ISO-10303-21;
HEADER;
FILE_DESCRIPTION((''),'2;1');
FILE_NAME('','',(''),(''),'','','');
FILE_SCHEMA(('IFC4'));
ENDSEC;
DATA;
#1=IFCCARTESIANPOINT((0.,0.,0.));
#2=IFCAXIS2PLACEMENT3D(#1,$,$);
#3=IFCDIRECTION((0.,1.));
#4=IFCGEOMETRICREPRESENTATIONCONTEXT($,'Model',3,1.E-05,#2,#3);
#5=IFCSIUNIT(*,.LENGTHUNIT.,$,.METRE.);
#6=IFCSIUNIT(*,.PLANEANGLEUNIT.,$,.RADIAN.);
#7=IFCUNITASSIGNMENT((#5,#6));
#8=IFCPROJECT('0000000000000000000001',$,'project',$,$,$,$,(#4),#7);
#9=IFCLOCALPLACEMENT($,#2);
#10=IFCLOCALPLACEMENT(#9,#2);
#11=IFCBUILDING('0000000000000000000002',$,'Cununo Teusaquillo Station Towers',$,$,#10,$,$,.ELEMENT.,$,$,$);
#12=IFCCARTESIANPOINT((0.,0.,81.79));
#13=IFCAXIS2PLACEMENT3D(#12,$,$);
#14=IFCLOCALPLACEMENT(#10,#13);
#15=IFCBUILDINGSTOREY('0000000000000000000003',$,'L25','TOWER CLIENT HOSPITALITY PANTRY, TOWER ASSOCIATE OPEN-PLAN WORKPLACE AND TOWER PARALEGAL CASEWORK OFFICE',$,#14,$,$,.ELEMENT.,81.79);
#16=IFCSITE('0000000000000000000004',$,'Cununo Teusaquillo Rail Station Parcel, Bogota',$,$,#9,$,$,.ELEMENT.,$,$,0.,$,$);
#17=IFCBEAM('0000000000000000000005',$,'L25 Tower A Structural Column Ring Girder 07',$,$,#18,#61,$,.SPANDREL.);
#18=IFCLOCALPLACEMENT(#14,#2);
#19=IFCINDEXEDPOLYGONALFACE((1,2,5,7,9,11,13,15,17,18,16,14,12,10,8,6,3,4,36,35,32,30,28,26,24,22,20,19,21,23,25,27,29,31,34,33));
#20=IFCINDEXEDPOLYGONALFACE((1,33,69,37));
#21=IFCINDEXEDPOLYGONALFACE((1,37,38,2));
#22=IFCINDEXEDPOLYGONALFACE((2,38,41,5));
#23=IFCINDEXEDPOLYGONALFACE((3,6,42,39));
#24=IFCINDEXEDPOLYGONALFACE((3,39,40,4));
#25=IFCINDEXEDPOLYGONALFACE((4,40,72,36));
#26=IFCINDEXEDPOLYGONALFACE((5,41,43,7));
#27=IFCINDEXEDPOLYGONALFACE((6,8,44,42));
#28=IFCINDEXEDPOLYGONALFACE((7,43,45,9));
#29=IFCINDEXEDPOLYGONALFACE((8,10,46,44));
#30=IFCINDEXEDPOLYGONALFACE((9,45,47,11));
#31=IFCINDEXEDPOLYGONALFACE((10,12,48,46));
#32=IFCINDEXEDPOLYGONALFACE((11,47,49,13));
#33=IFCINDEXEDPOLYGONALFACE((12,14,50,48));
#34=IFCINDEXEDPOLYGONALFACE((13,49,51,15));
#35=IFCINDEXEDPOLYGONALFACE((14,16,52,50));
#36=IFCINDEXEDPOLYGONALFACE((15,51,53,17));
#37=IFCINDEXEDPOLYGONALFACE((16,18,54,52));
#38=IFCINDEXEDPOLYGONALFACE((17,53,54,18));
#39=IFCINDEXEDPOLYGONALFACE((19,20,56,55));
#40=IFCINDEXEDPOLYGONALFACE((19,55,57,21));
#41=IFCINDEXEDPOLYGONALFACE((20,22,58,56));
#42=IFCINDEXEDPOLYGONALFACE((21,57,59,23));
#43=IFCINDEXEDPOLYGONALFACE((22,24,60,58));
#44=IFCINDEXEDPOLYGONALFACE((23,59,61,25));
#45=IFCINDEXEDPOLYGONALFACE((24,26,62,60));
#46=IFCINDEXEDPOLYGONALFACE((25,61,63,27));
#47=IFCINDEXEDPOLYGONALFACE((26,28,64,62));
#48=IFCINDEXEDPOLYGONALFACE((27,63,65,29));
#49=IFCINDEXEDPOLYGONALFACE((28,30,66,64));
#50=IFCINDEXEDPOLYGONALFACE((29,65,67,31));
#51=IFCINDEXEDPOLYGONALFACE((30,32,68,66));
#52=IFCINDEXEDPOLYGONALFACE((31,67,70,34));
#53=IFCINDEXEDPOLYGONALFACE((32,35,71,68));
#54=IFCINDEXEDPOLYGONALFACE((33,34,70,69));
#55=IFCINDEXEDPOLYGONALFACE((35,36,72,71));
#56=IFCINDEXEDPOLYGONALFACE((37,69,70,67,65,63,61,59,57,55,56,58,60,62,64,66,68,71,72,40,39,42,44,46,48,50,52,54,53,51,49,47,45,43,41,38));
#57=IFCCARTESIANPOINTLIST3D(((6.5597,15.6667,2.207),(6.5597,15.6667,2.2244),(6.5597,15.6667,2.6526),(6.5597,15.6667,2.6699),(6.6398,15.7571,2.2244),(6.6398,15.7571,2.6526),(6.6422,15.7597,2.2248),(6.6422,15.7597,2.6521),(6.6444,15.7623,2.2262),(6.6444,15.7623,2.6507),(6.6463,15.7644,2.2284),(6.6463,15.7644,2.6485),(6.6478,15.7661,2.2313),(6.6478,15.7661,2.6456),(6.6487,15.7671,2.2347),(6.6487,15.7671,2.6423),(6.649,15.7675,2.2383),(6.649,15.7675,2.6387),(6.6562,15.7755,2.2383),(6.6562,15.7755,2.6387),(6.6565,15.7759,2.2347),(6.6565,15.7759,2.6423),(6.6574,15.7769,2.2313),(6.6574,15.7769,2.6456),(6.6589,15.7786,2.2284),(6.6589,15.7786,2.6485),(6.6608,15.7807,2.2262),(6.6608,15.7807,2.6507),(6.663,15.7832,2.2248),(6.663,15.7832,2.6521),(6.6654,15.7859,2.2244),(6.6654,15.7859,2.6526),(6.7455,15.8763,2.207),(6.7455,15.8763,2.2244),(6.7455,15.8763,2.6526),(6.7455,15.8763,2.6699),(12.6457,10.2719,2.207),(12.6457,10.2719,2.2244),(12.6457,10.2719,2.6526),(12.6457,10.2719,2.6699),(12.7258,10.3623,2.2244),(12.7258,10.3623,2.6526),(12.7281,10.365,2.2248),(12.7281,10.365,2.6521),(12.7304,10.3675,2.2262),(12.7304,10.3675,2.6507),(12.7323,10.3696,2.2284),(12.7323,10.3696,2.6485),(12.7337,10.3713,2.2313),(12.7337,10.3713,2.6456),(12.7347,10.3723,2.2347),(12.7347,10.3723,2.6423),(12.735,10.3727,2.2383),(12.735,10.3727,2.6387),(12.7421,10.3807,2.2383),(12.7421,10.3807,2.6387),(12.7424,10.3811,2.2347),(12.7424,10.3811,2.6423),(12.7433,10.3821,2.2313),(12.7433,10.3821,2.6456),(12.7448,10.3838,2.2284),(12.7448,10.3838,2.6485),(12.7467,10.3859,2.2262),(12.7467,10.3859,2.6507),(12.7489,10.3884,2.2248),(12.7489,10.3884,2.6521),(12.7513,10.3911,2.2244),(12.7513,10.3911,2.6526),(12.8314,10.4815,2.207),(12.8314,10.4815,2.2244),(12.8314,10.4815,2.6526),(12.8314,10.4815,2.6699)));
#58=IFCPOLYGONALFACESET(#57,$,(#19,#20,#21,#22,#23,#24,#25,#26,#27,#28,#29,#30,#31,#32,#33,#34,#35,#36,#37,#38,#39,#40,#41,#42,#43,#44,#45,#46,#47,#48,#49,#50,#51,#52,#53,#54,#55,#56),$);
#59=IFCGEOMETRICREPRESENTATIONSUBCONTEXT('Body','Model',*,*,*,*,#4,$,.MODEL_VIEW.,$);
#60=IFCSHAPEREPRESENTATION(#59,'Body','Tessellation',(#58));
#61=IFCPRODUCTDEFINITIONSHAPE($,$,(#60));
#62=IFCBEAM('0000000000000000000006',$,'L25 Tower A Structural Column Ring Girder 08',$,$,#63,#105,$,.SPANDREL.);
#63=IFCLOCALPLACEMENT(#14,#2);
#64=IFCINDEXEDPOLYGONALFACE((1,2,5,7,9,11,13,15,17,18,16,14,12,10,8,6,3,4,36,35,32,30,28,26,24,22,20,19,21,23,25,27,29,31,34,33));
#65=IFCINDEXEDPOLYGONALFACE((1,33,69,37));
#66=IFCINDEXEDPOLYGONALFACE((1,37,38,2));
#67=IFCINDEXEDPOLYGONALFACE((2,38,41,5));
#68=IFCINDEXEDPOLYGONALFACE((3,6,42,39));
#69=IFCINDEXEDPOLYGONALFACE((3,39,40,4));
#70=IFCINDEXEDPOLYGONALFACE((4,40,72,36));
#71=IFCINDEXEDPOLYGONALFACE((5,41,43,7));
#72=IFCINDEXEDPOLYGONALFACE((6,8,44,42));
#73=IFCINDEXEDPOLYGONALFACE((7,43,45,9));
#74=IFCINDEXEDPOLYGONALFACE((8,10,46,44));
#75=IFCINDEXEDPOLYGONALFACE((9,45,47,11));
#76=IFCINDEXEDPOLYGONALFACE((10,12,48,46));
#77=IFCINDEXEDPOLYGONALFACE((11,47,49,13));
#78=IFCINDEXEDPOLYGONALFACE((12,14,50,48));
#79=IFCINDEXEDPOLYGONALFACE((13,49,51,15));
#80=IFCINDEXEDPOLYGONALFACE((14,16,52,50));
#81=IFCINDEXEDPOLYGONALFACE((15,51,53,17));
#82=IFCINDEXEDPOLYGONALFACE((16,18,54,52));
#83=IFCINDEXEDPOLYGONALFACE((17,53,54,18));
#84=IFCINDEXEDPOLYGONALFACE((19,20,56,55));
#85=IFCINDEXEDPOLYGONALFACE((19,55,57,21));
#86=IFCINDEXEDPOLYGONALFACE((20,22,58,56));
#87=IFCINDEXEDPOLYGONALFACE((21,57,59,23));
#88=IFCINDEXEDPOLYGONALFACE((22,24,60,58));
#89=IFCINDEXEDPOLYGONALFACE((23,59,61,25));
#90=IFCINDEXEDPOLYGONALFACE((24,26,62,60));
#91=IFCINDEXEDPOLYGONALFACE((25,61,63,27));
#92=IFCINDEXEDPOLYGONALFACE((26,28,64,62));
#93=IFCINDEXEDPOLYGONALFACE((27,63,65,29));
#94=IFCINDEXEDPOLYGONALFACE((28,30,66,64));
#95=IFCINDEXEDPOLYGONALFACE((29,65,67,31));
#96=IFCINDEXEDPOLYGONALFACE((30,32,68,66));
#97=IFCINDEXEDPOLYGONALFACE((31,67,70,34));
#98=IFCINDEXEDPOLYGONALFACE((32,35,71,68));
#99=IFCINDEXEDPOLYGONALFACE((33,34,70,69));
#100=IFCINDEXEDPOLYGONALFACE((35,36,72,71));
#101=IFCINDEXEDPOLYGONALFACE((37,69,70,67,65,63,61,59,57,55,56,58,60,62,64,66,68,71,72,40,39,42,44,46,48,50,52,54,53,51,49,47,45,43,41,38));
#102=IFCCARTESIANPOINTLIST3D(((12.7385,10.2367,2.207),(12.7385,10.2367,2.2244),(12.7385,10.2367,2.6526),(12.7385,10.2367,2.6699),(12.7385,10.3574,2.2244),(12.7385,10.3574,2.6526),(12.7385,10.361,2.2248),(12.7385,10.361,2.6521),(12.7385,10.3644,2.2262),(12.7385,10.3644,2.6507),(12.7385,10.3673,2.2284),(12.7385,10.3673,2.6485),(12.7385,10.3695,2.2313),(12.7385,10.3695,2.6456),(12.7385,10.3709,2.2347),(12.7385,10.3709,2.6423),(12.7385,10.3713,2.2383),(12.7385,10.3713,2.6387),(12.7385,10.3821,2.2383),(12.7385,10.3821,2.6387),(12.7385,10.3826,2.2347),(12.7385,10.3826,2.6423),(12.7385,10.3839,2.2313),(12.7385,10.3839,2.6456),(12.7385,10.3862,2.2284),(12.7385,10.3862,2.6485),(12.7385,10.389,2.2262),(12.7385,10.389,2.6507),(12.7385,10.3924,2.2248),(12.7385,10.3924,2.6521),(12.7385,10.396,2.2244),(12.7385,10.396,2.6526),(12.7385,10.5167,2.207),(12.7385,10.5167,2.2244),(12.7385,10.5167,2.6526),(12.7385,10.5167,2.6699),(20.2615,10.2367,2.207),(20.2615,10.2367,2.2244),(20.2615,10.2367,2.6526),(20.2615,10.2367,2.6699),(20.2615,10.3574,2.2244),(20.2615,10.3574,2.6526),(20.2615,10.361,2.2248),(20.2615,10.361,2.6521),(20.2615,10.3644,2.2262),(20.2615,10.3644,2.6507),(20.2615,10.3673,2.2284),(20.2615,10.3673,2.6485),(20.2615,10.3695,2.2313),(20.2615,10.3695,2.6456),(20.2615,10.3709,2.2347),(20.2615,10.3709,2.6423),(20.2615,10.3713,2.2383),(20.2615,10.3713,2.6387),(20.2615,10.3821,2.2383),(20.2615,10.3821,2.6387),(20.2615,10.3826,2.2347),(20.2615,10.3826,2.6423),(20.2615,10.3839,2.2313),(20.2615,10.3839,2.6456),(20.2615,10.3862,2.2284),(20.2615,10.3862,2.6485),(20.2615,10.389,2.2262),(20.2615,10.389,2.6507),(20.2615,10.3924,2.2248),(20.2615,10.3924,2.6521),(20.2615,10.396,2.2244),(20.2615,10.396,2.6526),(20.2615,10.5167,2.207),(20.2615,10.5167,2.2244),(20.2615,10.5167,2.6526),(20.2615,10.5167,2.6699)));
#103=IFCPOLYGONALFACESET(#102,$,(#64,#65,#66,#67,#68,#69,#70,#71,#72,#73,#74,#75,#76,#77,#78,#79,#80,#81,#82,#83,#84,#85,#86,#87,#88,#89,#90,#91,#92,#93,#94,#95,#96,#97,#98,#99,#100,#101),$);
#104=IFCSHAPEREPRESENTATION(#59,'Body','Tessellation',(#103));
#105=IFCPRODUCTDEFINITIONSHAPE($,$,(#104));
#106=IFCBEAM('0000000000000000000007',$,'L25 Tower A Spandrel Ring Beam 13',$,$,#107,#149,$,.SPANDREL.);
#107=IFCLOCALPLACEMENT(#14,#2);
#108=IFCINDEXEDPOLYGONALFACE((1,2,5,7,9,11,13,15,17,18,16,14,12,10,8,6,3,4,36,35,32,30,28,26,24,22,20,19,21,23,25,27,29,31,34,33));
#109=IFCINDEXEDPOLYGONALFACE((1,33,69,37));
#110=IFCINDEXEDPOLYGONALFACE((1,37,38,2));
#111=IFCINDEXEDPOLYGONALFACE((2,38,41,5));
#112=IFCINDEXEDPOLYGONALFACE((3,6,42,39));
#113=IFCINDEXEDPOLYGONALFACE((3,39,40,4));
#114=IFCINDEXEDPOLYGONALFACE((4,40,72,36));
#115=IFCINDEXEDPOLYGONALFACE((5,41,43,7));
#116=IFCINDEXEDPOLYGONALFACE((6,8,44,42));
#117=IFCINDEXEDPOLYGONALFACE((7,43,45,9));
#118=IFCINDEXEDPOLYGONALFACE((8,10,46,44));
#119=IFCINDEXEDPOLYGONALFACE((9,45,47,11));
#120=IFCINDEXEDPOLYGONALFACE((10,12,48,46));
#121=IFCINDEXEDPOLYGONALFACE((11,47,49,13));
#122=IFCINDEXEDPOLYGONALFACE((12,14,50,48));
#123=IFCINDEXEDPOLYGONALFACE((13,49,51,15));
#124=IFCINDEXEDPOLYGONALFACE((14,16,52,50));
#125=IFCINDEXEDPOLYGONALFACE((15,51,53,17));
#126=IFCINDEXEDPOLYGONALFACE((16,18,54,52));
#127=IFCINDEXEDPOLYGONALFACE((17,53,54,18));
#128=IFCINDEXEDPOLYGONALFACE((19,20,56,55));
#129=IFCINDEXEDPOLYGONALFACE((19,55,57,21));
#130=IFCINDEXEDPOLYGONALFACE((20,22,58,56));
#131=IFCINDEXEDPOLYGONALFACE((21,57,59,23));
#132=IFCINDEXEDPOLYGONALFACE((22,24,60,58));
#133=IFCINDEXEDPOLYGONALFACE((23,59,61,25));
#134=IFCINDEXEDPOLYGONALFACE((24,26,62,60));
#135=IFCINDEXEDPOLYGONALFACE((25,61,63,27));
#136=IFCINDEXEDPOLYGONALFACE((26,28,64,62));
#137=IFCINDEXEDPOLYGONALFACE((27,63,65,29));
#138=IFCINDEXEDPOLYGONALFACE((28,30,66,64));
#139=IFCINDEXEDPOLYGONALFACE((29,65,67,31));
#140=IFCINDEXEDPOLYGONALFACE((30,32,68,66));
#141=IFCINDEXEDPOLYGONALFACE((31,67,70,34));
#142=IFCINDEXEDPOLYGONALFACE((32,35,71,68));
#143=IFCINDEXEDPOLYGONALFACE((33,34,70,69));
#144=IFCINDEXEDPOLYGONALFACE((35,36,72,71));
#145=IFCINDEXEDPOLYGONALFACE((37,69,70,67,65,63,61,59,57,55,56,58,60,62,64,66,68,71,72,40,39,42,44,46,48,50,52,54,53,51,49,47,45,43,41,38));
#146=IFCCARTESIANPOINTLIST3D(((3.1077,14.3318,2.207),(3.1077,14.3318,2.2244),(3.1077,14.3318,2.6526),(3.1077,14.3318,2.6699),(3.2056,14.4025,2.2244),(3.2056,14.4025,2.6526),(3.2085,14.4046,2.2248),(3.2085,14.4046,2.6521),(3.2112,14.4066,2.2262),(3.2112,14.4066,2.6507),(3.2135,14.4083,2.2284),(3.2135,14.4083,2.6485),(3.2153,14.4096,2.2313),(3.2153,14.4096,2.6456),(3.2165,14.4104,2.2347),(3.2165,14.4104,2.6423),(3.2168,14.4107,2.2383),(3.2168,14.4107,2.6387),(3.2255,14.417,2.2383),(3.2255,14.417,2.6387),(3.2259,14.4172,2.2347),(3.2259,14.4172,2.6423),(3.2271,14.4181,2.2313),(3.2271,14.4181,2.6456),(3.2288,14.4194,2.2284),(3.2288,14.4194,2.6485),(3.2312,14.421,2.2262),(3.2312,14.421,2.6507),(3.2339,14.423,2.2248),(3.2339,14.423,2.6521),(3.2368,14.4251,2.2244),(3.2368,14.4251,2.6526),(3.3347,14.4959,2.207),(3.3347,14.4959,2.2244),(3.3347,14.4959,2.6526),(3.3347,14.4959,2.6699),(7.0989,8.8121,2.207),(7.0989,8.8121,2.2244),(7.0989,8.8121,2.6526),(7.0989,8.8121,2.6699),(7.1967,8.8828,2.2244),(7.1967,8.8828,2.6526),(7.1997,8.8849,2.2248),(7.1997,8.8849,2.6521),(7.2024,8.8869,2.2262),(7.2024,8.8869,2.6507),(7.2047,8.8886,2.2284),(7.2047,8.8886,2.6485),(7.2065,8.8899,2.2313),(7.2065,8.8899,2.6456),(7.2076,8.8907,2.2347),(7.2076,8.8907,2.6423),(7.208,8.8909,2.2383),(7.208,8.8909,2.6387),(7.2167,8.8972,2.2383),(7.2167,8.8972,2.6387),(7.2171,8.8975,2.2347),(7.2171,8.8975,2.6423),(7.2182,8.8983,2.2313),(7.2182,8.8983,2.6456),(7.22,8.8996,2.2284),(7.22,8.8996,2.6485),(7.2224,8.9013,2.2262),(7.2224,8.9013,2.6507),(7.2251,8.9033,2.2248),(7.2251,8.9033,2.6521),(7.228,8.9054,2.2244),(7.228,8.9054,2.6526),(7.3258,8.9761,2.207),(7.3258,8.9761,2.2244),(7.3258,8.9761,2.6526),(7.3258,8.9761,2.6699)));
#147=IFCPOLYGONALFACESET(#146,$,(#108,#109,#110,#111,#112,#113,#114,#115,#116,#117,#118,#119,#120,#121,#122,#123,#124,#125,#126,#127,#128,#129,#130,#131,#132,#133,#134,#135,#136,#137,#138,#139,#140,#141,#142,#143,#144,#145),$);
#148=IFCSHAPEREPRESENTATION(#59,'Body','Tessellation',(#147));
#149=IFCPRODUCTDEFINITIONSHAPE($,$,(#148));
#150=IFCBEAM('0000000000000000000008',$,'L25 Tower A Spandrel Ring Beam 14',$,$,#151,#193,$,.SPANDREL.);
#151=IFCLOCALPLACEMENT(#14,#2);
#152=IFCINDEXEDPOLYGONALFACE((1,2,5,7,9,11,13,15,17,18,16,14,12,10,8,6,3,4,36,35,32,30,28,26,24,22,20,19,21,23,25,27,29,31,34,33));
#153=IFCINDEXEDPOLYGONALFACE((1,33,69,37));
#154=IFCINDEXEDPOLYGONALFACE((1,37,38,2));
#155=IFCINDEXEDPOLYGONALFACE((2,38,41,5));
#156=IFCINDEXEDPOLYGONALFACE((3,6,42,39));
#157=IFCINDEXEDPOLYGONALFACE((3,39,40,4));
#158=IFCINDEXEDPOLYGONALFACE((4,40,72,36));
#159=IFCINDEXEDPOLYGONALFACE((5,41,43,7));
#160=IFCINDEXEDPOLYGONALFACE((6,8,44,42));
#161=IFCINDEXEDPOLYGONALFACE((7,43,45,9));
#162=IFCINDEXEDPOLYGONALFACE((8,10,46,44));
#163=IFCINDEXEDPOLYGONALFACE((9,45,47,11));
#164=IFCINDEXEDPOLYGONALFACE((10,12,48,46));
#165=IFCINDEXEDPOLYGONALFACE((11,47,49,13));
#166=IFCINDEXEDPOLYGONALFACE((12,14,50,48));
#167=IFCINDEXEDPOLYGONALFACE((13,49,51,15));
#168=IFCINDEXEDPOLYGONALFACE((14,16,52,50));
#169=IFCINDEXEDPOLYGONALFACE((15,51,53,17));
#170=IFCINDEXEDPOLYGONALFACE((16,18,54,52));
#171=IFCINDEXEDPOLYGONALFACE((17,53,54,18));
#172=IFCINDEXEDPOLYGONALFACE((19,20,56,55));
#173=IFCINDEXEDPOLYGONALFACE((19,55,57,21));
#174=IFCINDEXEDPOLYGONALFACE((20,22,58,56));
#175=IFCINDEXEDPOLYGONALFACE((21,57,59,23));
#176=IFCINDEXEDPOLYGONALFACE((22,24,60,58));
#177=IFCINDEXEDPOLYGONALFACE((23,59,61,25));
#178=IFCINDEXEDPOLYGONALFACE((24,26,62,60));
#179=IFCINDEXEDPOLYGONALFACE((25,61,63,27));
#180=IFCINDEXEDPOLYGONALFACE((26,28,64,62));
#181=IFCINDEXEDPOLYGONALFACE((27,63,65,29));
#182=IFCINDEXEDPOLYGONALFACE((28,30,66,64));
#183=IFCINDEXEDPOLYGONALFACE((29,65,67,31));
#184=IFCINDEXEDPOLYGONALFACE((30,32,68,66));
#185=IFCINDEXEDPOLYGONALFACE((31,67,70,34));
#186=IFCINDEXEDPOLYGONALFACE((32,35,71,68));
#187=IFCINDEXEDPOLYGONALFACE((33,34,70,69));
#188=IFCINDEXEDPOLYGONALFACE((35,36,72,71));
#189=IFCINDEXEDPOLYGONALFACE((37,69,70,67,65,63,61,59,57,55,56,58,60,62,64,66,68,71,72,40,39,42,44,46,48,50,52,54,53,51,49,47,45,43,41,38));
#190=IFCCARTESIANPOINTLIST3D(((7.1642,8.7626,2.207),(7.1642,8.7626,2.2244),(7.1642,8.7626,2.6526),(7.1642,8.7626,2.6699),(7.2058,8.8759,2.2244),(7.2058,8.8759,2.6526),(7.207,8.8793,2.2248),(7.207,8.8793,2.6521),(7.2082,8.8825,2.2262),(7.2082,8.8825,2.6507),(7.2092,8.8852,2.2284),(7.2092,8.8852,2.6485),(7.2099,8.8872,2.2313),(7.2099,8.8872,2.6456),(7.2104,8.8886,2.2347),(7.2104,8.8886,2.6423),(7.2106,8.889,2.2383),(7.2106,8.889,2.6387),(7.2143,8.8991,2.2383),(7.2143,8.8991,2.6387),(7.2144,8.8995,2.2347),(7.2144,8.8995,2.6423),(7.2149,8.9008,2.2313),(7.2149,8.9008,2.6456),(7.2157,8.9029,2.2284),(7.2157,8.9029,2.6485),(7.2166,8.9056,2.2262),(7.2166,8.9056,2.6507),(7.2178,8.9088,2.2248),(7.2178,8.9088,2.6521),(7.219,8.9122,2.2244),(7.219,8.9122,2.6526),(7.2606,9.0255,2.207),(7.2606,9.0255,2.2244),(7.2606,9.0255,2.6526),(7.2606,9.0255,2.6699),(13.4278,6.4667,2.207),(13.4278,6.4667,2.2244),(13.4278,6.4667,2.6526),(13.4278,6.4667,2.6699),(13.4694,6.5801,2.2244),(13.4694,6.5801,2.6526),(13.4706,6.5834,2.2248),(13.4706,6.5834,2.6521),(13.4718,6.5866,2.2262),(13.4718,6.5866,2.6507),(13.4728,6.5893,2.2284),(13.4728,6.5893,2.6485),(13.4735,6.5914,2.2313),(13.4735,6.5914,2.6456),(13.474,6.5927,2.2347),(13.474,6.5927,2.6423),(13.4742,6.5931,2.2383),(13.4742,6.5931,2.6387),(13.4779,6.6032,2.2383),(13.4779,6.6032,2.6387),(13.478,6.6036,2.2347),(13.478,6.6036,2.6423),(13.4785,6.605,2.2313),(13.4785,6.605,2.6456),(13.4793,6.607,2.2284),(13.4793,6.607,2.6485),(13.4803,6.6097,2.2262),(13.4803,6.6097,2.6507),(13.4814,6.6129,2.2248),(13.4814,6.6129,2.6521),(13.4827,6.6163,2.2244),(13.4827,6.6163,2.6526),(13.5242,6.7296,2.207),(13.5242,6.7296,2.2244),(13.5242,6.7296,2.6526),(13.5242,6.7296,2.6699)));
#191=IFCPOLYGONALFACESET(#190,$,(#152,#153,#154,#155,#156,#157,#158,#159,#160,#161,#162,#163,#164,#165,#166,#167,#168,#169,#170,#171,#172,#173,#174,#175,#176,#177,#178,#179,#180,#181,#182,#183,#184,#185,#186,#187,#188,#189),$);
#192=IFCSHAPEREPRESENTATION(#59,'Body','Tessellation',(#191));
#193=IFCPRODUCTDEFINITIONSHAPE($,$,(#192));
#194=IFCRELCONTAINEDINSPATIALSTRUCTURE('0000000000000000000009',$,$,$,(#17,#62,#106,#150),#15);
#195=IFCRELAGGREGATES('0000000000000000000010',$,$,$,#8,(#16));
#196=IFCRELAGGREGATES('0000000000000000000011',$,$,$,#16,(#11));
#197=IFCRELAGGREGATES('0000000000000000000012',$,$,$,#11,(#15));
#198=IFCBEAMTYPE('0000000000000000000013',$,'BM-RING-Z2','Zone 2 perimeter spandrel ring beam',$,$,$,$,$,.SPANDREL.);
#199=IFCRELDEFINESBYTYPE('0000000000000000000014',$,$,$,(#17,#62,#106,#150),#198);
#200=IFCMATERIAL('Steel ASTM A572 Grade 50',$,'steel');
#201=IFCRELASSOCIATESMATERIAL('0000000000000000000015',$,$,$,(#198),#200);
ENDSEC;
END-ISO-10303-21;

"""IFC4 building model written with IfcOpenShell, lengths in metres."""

from ifc_helpers import new_model, si_unit, direction, frame, origin, origin_2d, place, context, subcontext, project, spatial, i_section, extrude, material, material_profile, profile_set, type_object, element, save


model = new_model("IFC4")

# Units and contexts
model_context = context("Model", 3, precision=1e-05, world=origin(), true_north=direction((0.0, 1.0)))
body_context = subcontext(model_context, "Body", "Model", "MODEL_VIEW")
ifc_project = project(units=[si_unit("LENGTHUNIT", "METRE"), si_unit("PLANEANGLEUNIT", "RADIAN")], contexts=[model_context])

# Site, building, storey
site_placement = place(None, origin())
site = spatial("IfcSite", under=ifc_project, at=site_placement, Name="Cununo Teusaquillo Rail Station Parcel, Bogota", CompositionType="ELEMENT", RefElevation=0.0)
building_placement = place(site_placement, origin())
building = spatial("IfcBuilding", under=site, at=building_placement, Name="Cununo Teusaquillo Station Towers", CompositionType="ELEMENT")
storey_placement = place(building_placement, frame((0.0, 0.0, 81.79)))
storey = spatial("IfcBuildingStorey", under=building, at=storey_placement, Name="L25", Description="TOWER CLIENT HOSPITALITY PANTRY, TOWER ASSOCIATE OPEN-PLAN WORKPLACE AND TOWER PARALEGAL CASEWORK OFFICE", CompositionType="ELEMENT", Elevation=81.79)

# Beams
ifc_material_1 = material(Name="Steel ASTM A572 Grade 50", Category="steel")
ifc_material_profile_1 = material_profile(ifc_material_1, i_section(OverallWidth=0.28, OverallDepth=0.4629, WebThickness=0.0107, FlangeThickness=0.0173, FilletRadius=0.0139, at=origin_2d()), Name="W18X76")
ifc_profile_set_1 = profile_set([ifc_material_profile_1], Name="Steel ASTM A572 Grade 50")
beam_type_1 = type_object("IfcBeamType", Name="BM-RING-Z2", Description="Zone 2 perimeter spandrel ring beam", PredefinedType="SPANDREL", material=ifc_profile_set_1)
beam_1_placement = place(storey_placement, frame((6.6526, 15.7715, 2.4385), z_axis=(0.748321, -0.663337, 0.0), x_axis=(0.663337, 0.748321, 0.0)))
element("IfcBeam", 1, at=beam_1_placement, inside=storey, type_object=beam_type_1, Name="L25 Tower A Structural Column Ring Girder 07", PredefinedType="SPANDREL", context=body_context, shape_type="SweptSolid", body=[
    extrude(i_section(OverallWidth=0.28, OverallDepth=0.4629, WebThickness=0.0107, FlangeThickness=0.0173, FilletRadius=0.0139, at=origin_2d()), origin(), (0.0, 0.0, 1.0), 8.1328),
])
beam_2_placement = place(storey_placement, frame((12.7385, 10.3767, 2.4385), z_axis=(1.0, 0.0, 0.0), x_axis=(0.0, 1.0, 0.0)))
element("IfcBeam", 2, at=beam_2_placement, inside=storey, type_object=beam_type_1, Name="L25 Tower A Structural Column Ring Girder 08", PredefinedType="SPANDREL", context=body_context, shape_type="SweptSolid", body=[
    extrude(i_section(OverallWidth=0.28, OverallDepth=0.4629, WebThickness=0.0107, FlangeThickness=0.0173, FilletRadius=0.0139, at=origin_2d()), origin(), (0.0, 0.0, 1.0), 7.5229),
])
beam_3_placement = place(storey_placement, frame((3.2212, 14.4138, 2.4385), z_axis=(0.585945, -0.810351, 0.0), x_axis=(0.810351, 0.585945, 0.0)))
element("IfcBeam", 3, at=beam_3_placement, inside=storey, type_object=beam_type_1, Name="L25 Tower A Spandrel Ring Beam 13", PredefinedType="SPANDREL", context=body_context, shape_type="SweptSolid", body=[
    extrude(i_section(OverallWidth=0.28, OverallDepth=0.4629, WebThickness=0.0107, FlangeThickness=0.0173, FilletRadius=0.0139, at=origin_2d()), origin(), (0.0, 0.0, 1.0), 6.8115),
])
beam_4_placement = place(storey_placement, frame((7.2124, 8.894, 2.4385), z_axis=(0.938914, -0.344151, 0.0), x_axis=(0.344151, 0.938914, 0.0)))
element("IfcBeam", 4, at=beam_4_placement, inside=storey, type_object=beam_type_1, Name="L25 Tower A Spandrel Ring Beam 14", PredefinedType="SPANDREL", context=body_context, shape_type="SweptSolid", body=[
    extrude(i_section(OverallWidth=0.28, OverallDepth=0.4629, WebThickness=0.0107, FlangeThickness=0.0173, FilletRadius=0.0139, at=origin_2d()), origin(), (0.0, 0.0, 1.0), 6.6711),
])

save(model, "model.ifc")
